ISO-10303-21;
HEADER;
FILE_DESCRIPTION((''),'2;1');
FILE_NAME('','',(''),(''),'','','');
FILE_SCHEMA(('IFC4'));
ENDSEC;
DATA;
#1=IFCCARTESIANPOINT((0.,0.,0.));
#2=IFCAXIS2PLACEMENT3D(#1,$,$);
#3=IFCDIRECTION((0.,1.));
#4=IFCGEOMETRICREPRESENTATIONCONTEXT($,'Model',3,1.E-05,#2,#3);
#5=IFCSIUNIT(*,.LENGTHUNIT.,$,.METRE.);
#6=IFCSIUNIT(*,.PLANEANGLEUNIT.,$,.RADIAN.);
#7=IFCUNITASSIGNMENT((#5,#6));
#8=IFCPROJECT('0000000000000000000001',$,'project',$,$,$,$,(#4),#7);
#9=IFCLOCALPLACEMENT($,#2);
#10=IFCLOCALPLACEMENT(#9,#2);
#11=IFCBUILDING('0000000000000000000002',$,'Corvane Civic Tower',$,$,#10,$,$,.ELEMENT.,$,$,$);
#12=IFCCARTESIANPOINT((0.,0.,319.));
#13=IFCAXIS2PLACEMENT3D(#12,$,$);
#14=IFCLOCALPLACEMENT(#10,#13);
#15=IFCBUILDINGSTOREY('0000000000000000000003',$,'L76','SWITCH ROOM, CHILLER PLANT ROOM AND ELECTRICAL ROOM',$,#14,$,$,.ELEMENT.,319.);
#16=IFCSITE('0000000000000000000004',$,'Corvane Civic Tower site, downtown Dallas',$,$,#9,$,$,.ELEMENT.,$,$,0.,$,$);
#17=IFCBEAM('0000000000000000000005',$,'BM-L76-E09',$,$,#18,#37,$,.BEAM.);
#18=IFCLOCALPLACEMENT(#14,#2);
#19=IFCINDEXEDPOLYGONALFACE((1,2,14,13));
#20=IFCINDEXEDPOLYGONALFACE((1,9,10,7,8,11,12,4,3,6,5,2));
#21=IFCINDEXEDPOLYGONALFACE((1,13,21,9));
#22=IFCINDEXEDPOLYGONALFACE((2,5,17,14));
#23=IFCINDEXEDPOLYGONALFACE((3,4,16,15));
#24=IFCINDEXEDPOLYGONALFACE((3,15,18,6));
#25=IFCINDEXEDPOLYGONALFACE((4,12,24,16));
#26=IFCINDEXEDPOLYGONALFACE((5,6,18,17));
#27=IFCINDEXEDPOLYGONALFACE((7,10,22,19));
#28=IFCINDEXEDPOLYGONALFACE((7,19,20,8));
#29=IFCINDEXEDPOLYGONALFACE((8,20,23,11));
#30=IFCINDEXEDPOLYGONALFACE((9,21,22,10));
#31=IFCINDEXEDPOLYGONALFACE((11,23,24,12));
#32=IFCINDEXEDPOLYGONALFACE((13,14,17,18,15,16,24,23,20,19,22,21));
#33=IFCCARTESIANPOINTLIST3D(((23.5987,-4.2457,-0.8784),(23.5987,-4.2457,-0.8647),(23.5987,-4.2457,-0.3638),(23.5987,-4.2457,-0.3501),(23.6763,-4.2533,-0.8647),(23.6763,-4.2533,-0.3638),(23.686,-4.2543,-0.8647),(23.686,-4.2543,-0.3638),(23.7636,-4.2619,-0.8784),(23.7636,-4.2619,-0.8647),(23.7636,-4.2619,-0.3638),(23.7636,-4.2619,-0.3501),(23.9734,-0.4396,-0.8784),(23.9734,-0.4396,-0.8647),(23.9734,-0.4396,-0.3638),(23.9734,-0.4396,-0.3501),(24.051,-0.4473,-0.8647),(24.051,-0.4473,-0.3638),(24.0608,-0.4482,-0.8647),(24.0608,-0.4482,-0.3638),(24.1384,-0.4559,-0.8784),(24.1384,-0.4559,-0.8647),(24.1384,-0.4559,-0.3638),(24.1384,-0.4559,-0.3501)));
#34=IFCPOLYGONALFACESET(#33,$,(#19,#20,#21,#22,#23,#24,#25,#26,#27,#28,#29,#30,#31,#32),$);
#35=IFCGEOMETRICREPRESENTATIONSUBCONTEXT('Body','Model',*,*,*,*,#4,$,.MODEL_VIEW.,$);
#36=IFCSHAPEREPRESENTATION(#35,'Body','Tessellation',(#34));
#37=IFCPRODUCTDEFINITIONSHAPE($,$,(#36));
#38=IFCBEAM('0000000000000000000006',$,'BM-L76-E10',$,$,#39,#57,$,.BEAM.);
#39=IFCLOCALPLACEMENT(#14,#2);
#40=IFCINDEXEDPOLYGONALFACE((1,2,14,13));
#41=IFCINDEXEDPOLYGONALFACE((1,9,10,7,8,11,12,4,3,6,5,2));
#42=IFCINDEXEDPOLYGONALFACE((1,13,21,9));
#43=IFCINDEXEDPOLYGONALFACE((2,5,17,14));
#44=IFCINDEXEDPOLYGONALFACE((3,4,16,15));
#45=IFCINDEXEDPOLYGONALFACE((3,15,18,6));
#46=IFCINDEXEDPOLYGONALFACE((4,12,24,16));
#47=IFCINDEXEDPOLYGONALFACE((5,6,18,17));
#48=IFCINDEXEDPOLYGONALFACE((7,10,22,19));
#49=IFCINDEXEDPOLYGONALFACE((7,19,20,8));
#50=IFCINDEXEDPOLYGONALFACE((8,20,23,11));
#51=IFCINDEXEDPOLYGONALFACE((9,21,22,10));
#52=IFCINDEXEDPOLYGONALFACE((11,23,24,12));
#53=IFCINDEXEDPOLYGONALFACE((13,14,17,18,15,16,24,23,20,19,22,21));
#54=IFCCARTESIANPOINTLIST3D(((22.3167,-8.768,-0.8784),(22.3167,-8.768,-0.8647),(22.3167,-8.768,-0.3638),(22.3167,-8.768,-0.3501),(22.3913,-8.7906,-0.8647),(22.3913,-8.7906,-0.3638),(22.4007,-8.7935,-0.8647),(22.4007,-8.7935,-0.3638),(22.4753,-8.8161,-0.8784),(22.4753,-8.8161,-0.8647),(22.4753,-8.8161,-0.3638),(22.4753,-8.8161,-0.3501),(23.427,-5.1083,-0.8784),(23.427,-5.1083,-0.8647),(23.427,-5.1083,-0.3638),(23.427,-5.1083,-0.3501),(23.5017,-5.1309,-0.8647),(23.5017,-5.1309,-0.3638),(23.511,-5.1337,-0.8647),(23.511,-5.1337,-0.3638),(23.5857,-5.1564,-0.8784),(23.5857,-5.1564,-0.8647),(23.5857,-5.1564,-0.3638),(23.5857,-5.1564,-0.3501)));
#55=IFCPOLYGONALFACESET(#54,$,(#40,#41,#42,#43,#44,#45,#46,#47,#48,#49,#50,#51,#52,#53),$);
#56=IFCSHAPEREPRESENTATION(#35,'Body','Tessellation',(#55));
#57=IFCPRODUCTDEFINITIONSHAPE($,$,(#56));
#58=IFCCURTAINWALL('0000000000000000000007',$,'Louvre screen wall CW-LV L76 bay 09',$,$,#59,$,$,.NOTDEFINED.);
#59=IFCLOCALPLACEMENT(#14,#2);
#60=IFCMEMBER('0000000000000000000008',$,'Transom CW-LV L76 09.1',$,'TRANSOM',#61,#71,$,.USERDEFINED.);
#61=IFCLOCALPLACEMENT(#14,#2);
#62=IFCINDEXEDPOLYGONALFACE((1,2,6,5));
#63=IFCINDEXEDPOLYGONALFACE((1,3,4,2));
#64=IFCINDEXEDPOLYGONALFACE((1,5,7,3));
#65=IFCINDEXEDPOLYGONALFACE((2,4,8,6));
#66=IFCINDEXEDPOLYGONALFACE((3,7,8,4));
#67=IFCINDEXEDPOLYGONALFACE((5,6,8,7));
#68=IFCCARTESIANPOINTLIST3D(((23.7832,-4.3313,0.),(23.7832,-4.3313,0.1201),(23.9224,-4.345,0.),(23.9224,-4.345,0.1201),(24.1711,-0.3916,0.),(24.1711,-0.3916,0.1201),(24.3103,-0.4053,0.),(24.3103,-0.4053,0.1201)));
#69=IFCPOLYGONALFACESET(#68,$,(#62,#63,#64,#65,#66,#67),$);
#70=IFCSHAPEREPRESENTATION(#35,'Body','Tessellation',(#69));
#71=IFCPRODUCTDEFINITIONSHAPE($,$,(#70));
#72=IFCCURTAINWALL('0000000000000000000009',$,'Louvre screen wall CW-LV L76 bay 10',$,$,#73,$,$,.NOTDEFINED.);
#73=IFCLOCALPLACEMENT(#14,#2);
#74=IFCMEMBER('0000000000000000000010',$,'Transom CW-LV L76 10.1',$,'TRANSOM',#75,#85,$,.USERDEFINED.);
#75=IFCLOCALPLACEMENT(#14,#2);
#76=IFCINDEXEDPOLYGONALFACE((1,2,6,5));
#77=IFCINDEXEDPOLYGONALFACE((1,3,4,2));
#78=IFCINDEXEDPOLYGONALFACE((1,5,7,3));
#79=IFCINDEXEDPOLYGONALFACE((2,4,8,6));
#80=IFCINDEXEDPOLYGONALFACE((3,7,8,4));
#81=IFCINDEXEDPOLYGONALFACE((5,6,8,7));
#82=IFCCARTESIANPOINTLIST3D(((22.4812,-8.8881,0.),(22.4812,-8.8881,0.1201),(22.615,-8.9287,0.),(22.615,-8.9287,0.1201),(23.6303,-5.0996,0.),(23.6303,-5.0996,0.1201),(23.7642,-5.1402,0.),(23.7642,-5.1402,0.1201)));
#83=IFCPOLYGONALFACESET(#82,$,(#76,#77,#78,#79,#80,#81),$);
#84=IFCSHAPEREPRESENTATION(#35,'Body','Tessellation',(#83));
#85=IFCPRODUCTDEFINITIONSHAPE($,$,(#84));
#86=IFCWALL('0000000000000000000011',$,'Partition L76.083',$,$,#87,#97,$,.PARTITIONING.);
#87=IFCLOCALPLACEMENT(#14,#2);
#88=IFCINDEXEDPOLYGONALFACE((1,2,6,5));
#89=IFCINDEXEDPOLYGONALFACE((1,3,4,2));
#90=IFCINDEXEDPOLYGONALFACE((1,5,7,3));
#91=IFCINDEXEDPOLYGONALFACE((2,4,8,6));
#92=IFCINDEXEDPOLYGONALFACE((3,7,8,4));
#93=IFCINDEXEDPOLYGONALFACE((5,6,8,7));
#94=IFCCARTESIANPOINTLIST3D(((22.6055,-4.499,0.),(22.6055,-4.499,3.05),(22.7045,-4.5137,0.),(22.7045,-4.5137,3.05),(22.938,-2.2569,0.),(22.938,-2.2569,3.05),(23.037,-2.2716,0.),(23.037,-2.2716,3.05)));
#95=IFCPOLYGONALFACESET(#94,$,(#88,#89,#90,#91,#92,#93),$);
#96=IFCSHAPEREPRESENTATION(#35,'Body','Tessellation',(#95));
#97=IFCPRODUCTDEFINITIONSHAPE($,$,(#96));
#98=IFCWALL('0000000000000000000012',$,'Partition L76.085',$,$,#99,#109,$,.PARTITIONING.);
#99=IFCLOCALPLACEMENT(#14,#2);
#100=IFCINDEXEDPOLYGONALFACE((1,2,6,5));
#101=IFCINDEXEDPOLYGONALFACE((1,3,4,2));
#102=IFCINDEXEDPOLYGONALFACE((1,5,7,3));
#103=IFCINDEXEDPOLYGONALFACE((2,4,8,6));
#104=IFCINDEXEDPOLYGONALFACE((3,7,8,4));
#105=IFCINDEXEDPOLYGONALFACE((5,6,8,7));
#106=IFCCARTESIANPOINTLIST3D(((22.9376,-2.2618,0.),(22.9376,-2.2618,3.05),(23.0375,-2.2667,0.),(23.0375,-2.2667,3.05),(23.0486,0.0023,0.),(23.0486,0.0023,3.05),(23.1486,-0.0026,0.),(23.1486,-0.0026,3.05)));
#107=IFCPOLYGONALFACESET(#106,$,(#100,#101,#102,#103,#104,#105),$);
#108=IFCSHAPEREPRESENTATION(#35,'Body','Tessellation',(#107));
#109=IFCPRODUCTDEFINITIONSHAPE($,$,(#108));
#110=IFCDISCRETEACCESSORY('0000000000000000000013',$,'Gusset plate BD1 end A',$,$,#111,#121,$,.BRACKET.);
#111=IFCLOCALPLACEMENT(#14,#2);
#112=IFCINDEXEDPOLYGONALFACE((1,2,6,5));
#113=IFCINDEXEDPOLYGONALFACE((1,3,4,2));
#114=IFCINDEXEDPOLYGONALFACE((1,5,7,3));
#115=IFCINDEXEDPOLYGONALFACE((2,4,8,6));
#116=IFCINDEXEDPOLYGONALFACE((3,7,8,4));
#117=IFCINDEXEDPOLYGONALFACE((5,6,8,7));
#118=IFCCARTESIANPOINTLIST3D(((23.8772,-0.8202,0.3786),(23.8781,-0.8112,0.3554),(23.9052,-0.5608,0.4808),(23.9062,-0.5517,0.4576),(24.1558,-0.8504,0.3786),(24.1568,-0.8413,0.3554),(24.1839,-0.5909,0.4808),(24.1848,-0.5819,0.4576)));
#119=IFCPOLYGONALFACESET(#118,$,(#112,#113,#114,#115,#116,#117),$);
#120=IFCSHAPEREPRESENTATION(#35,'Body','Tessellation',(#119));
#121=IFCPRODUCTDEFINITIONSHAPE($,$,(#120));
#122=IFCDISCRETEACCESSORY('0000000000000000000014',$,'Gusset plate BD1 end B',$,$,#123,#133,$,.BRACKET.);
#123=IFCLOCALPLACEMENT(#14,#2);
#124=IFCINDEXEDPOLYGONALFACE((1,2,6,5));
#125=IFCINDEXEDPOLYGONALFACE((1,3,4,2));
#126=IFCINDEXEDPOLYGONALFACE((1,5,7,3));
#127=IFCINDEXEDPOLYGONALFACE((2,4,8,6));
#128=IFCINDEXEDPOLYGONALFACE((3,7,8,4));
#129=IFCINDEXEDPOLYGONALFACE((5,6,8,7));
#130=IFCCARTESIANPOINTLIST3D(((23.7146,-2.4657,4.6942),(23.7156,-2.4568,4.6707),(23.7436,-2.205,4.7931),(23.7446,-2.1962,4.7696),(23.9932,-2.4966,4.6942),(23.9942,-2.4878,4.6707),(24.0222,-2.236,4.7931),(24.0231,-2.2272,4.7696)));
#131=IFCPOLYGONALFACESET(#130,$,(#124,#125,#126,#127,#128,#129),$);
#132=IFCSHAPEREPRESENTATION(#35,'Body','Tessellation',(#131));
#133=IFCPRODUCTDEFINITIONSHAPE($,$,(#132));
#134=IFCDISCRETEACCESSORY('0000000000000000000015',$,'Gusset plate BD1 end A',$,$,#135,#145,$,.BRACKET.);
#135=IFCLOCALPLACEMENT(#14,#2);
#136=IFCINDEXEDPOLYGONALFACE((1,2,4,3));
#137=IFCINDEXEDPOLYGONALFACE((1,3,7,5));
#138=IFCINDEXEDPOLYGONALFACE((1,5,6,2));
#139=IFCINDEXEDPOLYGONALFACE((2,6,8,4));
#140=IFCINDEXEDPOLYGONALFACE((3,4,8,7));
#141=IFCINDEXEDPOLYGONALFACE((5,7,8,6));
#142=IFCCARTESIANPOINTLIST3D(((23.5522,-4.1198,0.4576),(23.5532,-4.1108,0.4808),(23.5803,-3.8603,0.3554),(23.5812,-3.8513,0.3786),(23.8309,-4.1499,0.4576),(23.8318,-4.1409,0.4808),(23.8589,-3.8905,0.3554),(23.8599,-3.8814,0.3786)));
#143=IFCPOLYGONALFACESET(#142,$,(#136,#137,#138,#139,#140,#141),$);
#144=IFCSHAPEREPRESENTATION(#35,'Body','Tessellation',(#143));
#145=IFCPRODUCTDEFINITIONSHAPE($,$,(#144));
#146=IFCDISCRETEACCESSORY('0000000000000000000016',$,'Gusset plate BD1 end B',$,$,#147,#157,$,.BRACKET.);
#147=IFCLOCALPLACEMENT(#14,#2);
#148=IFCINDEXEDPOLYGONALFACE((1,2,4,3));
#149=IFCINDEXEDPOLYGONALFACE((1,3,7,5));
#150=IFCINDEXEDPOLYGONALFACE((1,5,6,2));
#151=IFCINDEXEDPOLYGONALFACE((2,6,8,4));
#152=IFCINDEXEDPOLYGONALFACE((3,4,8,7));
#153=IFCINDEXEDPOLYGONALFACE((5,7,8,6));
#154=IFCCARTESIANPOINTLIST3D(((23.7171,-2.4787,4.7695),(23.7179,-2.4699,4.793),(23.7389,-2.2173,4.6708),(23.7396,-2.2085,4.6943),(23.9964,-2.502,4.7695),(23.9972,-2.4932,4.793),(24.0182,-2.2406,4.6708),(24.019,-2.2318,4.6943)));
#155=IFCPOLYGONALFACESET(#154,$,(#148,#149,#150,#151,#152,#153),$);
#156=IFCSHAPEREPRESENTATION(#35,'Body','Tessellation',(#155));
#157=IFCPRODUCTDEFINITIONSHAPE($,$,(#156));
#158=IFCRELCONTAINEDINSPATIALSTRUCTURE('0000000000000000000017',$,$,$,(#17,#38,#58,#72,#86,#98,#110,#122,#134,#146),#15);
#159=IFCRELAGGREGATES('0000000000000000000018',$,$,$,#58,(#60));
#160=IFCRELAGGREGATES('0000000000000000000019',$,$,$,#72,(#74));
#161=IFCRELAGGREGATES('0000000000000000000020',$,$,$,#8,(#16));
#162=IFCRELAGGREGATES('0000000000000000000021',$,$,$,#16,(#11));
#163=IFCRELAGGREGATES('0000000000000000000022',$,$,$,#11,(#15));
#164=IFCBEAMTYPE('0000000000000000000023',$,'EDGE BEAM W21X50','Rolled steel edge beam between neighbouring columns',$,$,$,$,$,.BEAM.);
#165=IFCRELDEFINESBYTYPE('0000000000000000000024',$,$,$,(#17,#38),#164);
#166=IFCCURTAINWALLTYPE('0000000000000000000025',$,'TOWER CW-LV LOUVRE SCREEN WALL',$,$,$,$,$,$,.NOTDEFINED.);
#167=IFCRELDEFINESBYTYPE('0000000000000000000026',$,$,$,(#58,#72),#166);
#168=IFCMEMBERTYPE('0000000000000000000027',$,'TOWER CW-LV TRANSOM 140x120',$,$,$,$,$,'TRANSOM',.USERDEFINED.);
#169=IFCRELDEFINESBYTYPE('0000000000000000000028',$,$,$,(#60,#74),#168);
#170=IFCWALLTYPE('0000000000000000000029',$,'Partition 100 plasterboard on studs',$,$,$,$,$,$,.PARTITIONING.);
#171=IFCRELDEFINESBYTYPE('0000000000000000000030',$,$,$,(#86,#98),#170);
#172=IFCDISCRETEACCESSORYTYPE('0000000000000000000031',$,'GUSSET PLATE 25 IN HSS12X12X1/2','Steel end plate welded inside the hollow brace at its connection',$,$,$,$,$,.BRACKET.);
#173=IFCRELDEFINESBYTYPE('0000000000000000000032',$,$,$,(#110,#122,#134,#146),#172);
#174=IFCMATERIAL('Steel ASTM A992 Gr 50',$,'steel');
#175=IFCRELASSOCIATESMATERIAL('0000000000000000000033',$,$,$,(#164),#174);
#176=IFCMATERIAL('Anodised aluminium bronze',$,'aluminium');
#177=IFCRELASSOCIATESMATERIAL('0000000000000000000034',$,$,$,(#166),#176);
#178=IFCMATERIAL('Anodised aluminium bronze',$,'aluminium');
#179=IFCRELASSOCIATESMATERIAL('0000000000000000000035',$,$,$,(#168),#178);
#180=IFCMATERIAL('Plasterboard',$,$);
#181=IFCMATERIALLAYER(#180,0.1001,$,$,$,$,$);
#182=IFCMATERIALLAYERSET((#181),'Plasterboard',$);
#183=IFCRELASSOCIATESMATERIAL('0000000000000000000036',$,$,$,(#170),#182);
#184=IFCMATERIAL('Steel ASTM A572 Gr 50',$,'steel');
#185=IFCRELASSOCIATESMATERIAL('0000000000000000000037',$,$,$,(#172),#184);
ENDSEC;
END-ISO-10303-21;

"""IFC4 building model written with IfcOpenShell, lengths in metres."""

from ifc_helpers import new_model, si_unit, direction, frame, frame_2d, origin, origin_2d, place, context, subcontext, project, spatial, rectangle, i_section, extrude, material, layer, layer_set, material_profile, profile_set, type_object, element, aggregate, save


model = new_model("IFC4")

# Units and contexts
model_context = context("Model", 3, precision=1e-05, world=origin(), true_north=direction((0.0, 1.0)))
body_context = subcontext(model_context, "Body", "Model", "MODEL_VIEW")
ifc_project = project(units=[si_unit("LENGTHUNIT", "METRE"), si_unit("PLANEANGLEUNIT", "RADIAN")], contexts=[model_context])

# Site, building, storey
site_placement = place(None, origin())
site = spatial("IfcSite", under=ifc_project, at=site_placement, Name="Corvane Civic Tower site, downtown Dallas", CompositionType="ELEMENT", RefElevation=0.0)
building_placement = place(site_placement, origin())
building = spatial("IfcBuilding", under=site, at=building_placement, Name="Corvane Civic Tower", CompositionType="ELEMENT")
storey_placement = place(building_placement, frame((0.0, 0.0, 319.0)))
storey = spatial("IfcBuildingStorey", under=building, at=storey_placement, Name="L76", Description="SWITCH ROOM, CHILLER PLANT ROOM AND ELECTRICAL ROOM", CompositionType="ELEMENT", Elevation=319.0)

# Beams
ifc_material_1 = material(Name="Steel ASTM A992 Gr 50", Category="steel")
ifc_material_profile_1 = material_profile(ifc_material_1, i_section(OverallWidth=0.1658, OverallDepth=0.5283, WebThickness=0.0098, FlangeThickness=0.0137, at=origin_2d()), Name="W21X50")
ifc_profile_set_1 = profile_set([ifc_material_profile_1], Name="Steel ASTM A992 Gr 50")
beam_type = type_object("IfcBeamType", Name="EDGE BEAM W21X50", Description="Rolled steel edge beam between neighbouring columns", PredefinedType="BEAM", material=ifc_profile_set_1)
for number, where, z_axis, x_axis, name in (
    (1, (24.0559, -0.4478, -0.6143), (-0.097987, -0.995188, 0.0), (0.995188, -0.097987, 0.0), "BM-L76-E09"),
    (2, (23.5063, -5.1323, -0.6143), (-0.290333, -0.956926, 0.0), (0.956926, -0.290333, 0.0), "BM-L76-E10"),
):
    element("IfcBeam", number, at=place(storey_placement, frame(where, z_axis=z_axis, x_axis=x_axis)), inside=storey, type_object=beam_type, Name=name, PredefinedType="BEAM", context=body_context, shape_type="SweptSolid", body=[
        extrude(i_section(OverallWidth=0.1658, OverallDepth=0.5283, WebThickness=0.0098, FlangeThickness=0.0137, at=origin_2d()), origin(), (0.0, 0.0, 1.0), 3.8245),
    ])

# Curtain walls, members
ifc_material_2 = material(Name="Anodised aluminium bronze", Category="aluminium")
curtain_wall_type = type_object("IfcCurtainWallType", Name="TOWER CW-LV LOUVRE SCREEN WALL", PredefinedType="NOTDEFINED", material=ifc_material_2)
curtain_wall_1_placement = place(storey_placement, origin())
curtain_wall_1 = element("IfcCurtainWall", 3, at=curtain_wall_1_placement, inside=storey, type_object=curtain_wall_type, Name="Louvre screen wall CW-LV L76 bay 09", PredefinedType="NOTDEFINED")
ifc_material_3 = material(Name="Anodised aluminium bronze", Category="aluminium")
ifc_material_profile_2 = material_profile(ifc_material_3, rectangle(XDim=0.1399, YDim=0.1201, at=origin_2d()), Name="TOWER CW-LV TRANSOM 140x120")
ifc_profile_set_2 = profile_set([ifc_material_profile_2], Name="Anodised aluminium bronze")
member_type_1 = type_object("IfcMemberType", Name="TOWER CW-LV TRANSOM 140x120", ElementType="TRANSOM", PredefinedType="USERDEFINED", material=ifc_profile_set_2)
member_1_placement = place(storey_placement, frame((24.2407, -0.3984, 0.0601), z_axis=(-0.097995, -0.995187, 0.0), x_axis=(0.995187, -0.097995, 0.0)))
member_1 = element("IfcMember", 4, at=member_1_placement, type_object=member_type_1, Name="Transom CW-LV L76 09.1", ObjectType="TRANSOM", PredefinedType="USERDEFINED", context=body_context, shape_type="SweptSolid", body=[
    extrude(rectangle(XDim=0.1399, YDim=0.1201, at=origin_2d()), origin(), (0.0, 0.0, 1.0), 3.9587),
])
curtain_wall_2_placement = place(storey_placement, origin())
curtain_wall_2 = element("IfcCurtainWall", 5, at=curtain_wall_2_placement, inside=storey, type_object=curtain_wall_type, Name="Louvre screen wall CW-LV L76 bay 10", PredefinedType="NOTDEFINED")
member_2_placement = place(storey_placement, frame((23.6973, -5.1199, 0.0601), z_axis=(-0.290266, -0.956946, 0.0), x_axis=(0.956946, -0.290266, 0.0)))
member_2 = element("IfcMember", 6, at=member_2_placement, type_object=member_type_1, Name="Transom CW-LV L76 10.1", ObjectType="TRANSOM", PredefinedType="USERDEFINED", context=body_context, shape_type="SweptSolid", body=[
    extrude(rectangle(XDim=0.1399, YDim=0.1201, at=origin_2d()), origin(), (0.0, 0.0, 1.0), 3.959),
])

# Walls
ifc_material_4 = material(Name="Plasterboard")
ifc_layer = layer(ifc_material_4, 0.1001)
ifc_layer_set = layer_set([ifc_layer], Name="Plasterboard")
wall_type = type_object("IfcWallType", Name="Partition 100 plasterboard on studs", PredefinedType="PARTITIONING", material=ifc_layer_set)
wall_1_placement = place(storey_placement, frame((22.655, -4.5063, 0.0), z_axis=(0.0, 0.0, 1.0), x_axis=(0.146697, 0.989181, 0.0)))
element("IfcWall", 7, at=wall_1_placement, inside=storey, type_object=wall_type, Name="Partition L76.083", PredefinedType="PARTITIONING", context=body_context, shape_type="SweptSolid", body=[
    extrude(rectangle(XDim=2.2666, YDim=0.1001, at=frame_2d((1.1333, 0.0))), origin(), (0.0, 0.0, 1.0), 3.05),
])
wall_2_placement = place(storey_placement, frame((22.9875, -2.2642, 0.0), z_axis=(0.0, 0.0, 1.0), x_axis=(0.049003, 0.998799, 0.0)))
element("IfcWall", 8, at=wall_2_placement, inside=storey, type_object=wall_type, Name="Partition L76.085", PredefinedType="PARTITIONING", context=body_context, shape_type="SweptSolid", body=[
    extrude(rectangle(XDim=2.2668, YDim=0.1001, at=frame_2d((1.1333, 0.0))), origin(), (0.0, 0.0, 1.0), 3.05),
])

aggregate(curtain_wall_1, [member_1])
aggregate(curtain_wall_2, [member_2])

# Discrete accessories
ifc_material_5 = material(Name="Steel ASTM A572 Gr 50", Category="steel")
ifc_material_profile_3 = material_profile(ifc_material_5, rectangle(XDim=0.2803, YDim=0.2803, at=origin_2d()), Name="GUSSET PLATE 25 IN HSS12X12X1/2")
ifc_profile_set_3 = profile_set([ifc_material_profile_3], Name="Steel ASTM A572 Gr 50")
discrete_accessory_type = type_object("IfcDiscreteAccessoryType", Name="GUSSET PLATE 25 IN HSS12X12X1/2", Description="Steel end plate welded inside the hollow brace at its connection", PredefinedType="BRACKET", material=ifc_profile_set_3)
discrete_accessory_1_placement = place(storey_placement, frame((24.0315, -0.6965, 0.4065), z_axis=(-0.039204, -0.362641, 0.931104), x_axis=(0.994207, -0.107482, 0.0)))
element("IfcDiscreteAccessory", 9, at=discrete_accessory_1_placement, inside=storey, type_object=discrete_accessory_type, Name="Gusset plate BD1 end A", PredefinedType="BRACKET", context=body_context, shape_type="SweptSolid", body=[
    extrude(rectangle(XDim=0.2803, YDim=0.2803, at=origin_2d()), origin(), (0.0, 0.0, 1.0), 0.0249),
])
discrete_accessory_2_placement = place(storey_placement, frame((23.8684, -2.3508, 4.7437), z_axis=(0.038984, 0.350857, -0.935617), x_axis=(-0.993884, 0.110432, 0.0)))
element("IfcDiscreteAccessory", 10, at=discrete_accessory_2_placement, inside=storey, type_object=discrete_accessory_type, Name="Gusset plate BD1 end B", PredefinedType="BRACKET", context=body_context, shape_type="SweptSolid", body=[
    extrude(rectangle(XDim=0.2803, YDim=0.2803, at=origin_2d()), origin(), (0.0, 0.0, 1.0), 0.0251),
])
discrete_accessory_3_placement = place(storey_placement, frame((23.7056, -4.0051, 0.4065), z_axis=(0.039204, 0.362641, 0.931104), x_axis=(-0.994207, 0.107482, 0.0)))
element("IfcDiscreteAccessory", 11, at=discrete_accessory_3_placement, inside=storey, type_object=discrete_accessory_type, Name="Gusset plate BD1 end A", PredefinedType="BRACKET", context=body_context, shape_type="SweptSolid", body=[
    extrude(rectangle(XDim=0.2803, YDim=0.2803, at=origin_2d()), origin(), (0.0, 0.0, 1.0), 0.0249),
])
discrete_accessory_4_placement = place(storey_placement, frame((23.8684, -2.3508, 4.7437), z_axis=(-0.029248, -0.350973, -0.935929), x_axis=(0.996546, -0.083045, 0.0)))
element("IfcDiscreteAccessory", 12, at=discrete_accessory_4_placement, inside=storey, type_object=discrete_accessory_type, Name="Gusset plate BD1 end B", PredefinedType="BRACKET", context=body_context, shape_type="SweptSolid", body=[
    extrude(rectangle(XDim=0.2803, YDim=0.2803, at=origin_2d()), origin(), (0.0, 0.0, 1.0), 0.0251),
])

save(model, "model.ifc")
